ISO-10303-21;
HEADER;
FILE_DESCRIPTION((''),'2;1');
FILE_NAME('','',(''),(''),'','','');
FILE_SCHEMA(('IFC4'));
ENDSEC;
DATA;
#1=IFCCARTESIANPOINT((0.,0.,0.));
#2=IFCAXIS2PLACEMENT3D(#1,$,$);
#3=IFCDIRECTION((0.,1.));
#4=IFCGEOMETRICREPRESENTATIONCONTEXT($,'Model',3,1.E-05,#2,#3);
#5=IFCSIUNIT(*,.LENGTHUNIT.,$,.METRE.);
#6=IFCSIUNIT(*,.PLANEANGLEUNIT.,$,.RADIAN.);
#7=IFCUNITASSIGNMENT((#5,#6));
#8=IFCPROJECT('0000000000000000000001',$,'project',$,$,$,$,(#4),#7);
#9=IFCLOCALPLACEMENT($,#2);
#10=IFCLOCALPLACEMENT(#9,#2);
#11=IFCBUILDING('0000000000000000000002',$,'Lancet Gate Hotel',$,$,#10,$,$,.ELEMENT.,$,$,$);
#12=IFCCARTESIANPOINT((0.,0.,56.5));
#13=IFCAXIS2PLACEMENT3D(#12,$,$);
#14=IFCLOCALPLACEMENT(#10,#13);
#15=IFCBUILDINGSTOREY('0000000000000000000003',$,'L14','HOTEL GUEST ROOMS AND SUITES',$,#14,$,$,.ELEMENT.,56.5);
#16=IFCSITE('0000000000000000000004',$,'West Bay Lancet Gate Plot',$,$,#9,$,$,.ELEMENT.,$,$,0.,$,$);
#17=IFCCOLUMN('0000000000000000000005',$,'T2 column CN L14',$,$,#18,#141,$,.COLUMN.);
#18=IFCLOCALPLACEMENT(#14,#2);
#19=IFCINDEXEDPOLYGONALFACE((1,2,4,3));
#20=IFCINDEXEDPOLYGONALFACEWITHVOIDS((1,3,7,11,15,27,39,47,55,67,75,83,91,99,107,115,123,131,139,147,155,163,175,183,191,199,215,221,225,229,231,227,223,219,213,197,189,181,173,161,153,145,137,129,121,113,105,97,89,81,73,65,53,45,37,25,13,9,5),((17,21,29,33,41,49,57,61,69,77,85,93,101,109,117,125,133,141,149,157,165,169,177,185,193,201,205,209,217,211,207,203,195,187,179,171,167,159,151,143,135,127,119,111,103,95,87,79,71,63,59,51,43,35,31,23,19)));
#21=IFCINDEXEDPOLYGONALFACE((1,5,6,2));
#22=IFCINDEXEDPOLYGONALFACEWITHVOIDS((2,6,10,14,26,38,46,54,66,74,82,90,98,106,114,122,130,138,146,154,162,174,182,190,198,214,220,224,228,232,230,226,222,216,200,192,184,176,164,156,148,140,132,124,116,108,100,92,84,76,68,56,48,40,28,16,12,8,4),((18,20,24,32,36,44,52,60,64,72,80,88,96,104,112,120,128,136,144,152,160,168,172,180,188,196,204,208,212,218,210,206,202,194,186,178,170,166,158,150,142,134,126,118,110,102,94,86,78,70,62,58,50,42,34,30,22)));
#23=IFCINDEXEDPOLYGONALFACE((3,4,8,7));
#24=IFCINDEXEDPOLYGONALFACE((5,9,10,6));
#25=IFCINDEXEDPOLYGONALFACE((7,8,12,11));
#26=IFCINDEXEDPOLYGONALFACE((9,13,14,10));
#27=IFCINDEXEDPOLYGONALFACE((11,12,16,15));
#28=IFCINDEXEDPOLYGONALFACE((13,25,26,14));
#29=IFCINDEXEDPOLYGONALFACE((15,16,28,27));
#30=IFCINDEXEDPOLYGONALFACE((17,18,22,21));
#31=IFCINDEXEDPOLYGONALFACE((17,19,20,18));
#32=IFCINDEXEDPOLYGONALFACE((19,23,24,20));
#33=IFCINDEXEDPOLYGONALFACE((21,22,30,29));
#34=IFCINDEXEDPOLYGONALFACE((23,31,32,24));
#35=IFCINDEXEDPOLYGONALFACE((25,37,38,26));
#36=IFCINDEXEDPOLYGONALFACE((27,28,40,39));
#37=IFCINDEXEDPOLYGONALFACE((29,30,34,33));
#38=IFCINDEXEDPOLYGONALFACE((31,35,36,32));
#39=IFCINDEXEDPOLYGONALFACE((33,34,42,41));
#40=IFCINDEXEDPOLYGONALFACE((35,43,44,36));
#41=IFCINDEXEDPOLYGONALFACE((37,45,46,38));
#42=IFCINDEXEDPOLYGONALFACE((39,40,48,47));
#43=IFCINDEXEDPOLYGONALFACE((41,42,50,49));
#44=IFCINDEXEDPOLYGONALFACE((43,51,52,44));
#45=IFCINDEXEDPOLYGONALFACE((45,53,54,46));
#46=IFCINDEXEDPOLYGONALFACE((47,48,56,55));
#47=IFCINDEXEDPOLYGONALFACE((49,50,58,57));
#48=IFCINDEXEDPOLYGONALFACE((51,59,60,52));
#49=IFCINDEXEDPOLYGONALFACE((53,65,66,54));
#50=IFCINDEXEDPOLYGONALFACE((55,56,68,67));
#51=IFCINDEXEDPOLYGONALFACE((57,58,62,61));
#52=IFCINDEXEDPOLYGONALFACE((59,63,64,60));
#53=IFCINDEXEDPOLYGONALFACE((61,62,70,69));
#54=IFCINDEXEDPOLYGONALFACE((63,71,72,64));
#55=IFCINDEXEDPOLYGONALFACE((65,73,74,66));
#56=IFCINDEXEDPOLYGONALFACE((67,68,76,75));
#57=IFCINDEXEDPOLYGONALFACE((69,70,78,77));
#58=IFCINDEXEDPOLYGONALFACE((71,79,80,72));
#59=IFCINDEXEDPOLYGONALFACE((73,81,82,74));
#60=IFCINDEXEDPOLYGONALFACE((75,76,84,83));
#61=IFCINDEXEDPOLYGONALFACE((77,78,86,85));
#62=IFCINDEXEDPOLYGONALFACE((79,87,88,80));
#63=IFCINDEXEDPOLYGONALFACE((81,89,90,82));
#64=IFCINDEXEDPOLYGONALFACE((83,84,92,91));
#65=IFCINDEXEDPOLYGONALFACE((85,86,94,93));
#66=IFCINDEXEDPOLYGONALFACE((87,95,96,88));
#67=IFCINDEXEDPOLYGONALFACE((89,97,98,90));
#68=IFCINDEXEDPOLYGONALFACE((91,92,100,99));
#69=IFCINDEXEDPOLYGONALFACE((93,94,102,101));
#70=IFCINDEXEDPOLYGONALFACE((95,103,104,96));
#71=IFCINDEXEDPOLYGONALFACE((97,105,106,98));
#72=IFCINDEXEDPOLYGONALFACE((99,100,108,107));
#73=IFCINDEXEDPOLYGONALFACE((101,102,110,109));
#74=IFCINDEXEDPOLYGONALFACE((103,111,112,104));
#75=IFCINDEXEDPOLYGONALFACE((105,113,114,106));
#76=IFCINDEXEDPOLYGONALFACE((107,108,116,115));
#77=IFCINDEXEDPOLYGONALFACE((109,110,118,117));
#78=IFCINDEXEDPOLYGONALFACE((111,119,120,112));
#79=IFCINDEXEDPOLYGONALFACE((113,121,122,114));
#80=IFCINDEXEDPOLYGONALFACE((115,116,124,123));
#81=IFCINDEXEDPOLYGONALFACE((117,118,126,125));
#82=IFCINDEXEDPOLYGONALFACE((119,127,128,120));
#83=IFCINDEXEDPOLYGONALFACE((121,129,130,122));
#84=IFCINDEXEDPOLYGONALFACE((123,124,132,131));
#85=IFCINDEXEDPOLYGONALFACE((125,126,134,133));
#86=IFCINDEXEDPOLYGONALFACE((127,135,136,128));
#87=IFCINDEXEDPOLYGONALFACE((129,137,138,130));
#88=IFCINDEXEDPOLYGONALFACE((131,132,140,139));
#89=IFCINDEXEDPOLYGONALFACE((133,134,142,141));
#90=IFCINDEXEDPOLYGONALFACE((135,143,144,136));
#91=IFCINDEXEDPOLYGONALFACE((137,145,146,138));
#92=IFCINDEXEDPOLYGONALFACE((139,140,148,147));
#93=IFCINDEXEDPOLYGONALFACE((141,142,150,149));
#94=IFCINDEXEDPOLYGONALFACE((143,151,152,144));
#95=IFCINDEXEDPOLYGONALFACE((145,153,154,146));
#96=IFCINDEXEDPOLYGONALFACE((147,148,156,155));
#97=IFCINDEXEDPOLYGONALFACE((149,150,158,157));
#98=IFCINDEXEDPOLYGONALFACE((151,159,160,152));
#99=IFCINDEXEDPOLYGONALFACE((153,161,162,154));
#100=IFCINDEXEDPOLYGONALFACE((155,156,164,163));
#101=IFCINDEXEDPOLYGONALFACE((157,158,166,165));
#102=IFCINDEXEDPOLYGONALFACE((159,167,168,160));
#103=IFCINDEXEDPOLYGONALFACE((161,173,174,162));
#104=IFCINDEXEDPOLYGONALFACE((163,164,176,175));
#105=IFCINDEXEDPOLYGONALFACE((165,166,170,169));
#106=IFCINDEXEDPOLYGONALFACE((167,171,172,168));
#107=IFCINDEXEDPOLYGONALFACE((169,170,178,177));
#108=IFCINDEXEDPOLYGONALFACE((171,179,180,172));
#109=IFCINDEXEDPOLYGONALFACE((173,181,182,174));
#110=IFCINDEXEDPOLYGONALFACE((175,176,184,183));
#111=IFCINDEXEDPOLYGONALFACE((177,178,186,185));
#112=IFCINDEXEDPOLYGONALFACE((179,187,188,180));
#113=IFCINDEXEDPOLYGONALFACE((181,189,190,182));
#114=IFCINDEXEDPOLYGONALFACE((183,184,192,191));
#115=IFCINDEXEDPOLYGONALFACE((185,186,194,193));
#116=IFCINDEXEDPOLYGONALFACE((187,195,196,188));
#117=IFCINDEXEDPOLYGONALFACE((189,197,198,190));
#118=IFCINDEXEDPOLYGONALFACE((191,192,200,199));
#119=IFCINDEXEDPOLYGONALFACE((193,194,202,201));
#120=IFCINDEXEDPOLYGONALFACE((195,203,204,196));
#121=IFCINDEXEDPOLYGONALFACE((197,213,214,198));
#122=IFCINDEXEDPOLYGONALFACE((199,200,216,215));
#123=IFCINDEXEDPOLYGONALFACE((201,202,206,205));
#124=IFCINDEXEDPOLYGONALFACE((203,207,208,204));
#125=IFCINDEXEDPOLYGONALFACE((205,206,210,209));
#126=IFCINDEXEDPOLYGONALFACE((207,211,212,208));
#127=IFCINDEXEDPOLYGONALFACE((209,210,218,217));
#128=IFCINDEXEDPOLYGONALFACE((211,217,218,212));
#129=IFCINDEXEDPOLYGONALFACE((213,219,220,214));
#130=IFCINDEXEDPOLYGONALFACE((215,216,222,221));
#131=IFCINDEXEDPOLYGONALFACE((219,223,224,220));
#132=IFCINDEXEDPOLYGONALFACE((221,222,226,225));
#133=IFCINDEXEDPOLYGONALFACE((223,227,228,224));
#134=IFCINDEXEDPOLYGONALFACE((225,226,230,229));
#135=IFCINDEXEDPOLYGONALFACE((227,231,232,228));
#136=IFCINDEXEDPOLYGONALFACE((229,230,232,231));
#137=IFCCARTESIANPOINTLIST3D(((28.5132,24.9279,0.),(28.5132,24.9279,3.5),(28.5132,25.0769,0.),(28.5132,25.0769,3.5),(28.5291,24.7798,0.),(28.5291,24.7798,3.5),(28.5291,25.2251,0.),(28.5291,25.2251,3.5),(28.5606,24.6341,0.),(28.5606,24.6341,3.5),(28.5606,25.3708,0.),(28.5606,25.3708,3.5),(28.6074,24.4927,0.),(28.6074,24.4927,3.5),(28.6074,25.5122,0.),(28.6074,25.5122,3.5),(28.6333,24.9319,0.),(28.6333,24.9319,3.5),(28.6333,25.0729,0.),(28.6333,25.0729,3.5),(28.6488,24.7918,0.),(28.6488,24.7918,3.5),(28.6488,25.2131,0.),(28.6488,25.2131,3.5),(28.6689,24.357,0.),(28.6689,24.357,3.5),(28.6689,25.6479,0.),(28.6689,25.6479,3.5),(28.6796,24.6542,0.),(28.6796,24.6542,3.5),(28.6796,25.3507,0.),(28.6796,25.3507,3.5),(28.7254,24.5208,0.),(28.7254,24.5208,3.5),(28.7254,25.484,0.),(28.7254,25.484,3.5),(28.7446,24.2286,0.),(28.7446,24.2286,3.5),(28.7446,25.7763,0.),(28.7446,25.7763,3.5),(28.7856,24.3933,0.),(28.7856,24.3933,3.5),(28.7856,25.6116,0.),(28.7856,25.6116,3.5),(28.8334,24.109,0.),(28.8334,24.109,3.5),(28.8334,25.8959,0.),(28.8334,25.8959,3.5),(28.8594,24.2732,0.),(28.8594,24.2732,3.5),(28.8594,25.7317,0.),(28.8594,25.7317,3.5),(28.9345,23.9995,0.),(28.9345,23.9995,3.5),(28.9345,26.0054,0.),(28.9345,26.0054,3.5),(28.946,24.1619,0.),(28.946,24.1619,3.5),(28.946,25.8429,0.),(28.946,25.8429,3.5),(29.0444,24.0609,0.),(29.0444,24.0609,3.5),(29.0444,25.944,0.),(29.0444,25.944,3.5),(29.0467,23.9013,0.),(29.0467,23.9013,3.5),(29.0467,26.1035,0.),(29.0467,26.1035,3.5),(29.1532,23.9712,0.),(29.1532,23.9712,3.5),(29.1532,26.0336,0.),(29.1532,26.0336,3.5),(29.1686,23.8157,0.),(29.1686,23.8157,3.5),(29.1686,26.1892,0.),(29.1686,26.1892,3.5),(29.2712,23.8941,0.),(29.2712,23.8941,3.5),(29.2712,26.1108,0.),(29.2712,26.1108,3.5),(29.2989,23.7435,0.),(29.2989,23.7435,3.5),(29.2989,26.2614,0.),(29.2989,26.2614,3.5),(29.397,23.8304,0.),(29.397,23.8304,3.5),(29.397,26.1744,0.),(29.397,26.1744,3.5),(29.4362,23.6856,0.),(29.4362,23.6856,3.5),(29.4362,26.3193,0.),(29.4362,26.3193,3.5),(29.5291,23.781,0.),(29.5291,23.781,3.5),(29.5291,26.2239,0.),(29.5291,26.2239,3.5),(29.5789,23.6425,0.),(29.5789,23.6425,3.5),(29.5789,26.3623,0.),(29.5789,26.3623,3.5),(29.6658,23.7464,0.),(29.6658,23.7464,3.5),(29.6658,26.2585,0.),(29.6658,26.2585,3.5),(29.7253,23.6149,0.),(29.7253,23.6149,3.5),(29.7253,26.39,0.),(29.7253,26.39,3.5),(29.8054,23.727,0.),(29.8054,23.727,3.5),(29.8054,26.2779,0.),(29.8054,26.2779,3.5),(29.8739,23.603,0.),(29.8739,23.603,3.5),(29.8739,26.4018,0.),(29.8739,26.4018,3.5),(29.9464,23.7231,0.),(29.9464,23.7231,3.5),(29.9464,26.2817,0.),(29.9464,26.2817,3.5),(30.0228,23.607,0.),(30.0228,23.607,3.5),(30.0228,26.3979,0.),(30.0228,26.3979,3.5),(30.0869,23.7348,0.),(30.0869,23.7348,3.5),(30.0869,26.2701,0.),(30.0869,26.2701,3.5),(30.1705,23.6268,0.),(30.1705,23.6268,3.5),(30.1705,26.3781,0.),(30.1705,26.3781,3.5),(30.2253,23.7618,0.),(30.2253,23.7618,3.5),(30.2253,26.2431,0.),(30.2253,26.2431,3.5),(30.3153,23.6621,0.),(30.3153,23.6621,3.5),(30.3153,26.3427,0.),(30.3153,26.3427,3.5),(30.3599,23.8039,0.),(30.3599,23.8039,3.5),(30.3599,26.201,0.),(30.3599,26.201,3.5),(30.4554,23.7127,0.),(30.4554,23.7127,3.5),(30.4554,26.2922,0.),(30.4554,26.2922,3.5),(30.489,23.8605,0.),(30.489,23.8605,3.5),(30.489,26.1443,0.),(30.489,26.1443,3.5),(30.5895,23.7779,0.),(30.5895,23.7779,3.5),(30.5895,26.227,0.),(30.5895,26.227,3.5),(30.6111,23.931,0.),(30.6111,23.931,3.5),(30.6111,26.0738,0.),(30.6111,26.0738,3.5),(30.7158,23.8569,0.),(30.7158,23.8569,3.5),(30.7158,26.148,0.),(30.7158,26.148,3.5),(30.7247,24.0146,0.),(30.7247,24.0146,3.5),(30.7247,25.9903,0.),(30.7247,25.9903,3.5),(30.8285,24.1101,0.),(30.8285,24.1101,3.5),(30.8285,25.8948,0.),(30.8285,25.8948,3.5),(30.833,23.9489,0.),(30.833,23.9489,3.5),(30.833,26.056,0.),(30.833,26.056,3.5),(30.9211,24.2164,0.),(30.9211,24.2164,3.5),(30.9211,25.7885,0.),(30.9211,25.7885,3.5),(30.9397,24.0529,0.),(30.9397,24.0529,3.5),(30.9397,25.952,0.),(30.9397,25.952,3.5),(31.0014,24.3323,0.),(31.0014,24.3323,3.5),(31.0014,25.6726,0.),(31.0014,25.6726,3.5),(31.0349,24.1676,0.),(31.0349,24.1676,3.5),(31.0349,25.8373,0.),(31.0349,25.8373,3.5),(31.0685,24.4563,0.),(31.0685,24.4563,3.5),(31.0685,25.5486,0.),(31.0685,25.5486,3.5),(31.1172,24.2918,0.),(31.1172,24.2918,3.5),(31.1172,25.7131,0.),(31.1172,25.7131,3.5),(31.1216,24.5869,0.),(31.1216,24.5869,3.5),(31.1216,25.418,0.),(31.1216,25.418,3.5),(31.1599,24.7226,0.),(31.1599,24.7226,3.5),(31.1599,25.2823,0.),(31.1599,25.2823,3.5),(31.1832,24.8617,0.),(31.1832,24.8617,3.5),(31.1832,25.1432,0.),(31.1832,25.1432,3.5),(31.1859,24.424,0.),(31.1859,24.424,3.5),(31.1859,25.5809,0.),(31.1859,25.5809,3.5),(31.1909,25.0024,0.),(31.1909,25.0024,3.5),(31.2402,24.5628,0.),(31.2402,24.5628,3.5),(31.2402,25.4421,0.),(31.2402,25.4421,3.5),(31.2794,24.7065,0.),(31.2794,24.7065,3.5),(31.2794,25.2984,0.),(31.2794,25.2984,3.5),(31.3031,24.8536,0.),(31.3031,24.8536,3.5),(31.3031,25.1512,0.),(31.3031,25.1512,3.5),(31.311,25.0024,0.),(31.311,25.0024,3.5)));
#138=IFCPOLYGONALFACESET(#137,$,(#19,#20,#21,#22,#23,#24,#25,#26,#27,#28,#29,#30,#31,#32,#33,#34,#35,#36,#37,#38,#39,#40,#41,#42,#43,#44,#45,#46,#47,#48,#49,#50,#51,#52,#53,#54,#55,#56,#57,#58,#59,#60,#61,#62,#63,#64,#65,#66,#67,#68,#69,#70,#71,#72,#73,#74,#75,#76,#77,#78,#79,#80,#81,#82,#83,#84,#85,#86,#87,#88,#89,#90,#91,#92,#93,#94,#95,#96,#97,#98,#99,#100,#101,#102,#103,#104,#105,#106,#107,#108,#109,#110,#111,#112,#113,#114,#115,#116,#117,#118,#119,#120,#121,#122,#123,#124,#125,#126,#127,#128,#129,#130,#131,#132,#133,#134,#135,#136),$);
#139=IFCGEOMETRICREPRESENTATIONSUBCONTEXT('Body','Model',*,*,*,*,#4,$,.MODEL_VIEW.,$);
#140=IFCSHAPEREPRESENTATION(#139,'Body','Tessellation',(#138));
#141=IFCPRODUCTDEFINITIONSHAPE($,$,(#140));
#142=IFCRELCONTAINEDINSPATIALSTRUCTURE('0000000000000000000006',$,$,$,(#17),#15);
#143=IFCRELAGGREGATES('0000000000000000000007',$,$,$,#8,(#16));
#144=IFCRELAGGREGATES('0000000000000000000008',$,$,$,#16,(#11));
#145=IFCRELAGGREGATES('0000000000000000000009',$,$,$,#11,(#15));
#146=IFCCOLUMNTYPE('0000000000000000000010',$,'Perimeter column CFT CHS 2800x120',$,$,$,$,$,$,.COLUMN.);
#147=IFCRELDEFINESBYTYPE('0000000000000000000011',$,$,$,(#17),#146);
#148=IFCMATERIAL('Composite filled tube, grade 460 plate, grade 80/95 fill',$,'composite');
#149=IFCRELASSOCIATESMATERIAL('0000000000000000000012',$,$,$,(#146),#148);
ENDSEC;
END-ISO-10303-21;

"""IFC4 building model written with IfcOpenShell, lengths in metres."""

from ifc_helpers import new_model, si_unit, direction, frame, origin, origin_2d, place, context, subcontext, project, spatial, hollow_circle, extrude, material, material_profile, profile_set, type_object, element, save


model = new_model("IFC4")

# Units and contexts
model_context = context("Model", 3, precision=1e-05, world=origin(), true_north=direction((0.0, 1.0)))
body_context = subcontext(model_context, "Body", "Model", "MODEL_VIEW")
ifc_project = project(units=[si_unit("LENGTHUNIT", "METRE"), si_unit("PLANEANGLEUNIT", "RADIAN")], contexts=[model_context])

# Site, building, storey
site_placement = place(None, origin())
site = spatial("IfcSite", under=ifc_project, at=site_placement, Name="West Bay Lancet Gate Plot", CompositionType="ELEMENT", RefElevation=0.0)
building_placement = place(site_placement, origin())
building = spatial("IfcBuilding", under=site, at=building_placement, Name="Lancet Gate Hotel", CompositionType="ELEMENT")
storey_placement = place(building_placement, frame((0.0, 0.0, 56.5)))
storey = spatial("IfcBuildingStorey", under=building, at=storey_placement, Name="L14", Description="HOTEL GUEST ROOMS AND SUITES", CompositionType="ELEMENT", Elevation=56.5)

# Column
ifc_material_1 = material(Name="Composite filled tube, grade 460 plate, grade 80/95 fill", Category="composite")
ifc_material_profile_1 = material_profile(ifc_material_1, hollow_circle(Radius=1.3999, WallThickness=0.1201, at=origin_2d()), Name="CHS 2800x120")
ifc_profile_set_1 = profile_set([ifc_material_profile_1], Name="Composite filled tube, grade 460 plate, grade 80/95 fill")
column_type = type_object("IfcColumnType", Name="Perimeter column CFT CHS 2800x120", PredefinedType="COLUMN", material=ifc_profile_set_1)
for number, where, z_axis, x_axis, name in (
    (1, (29.9111, 25.0024, 0.0), (0.0, 0.0, 1.0), (1.0, 0.0, 0.0), "T2 column CN L14"),
):
    element("IfcColumn", number, at=place(storey_placement, frame(where, z_axis=z_axis, x_axis=x_axis)), inside=storey, type_object=column_type, Name=name, PredefinedType="COLUMN", context=body_context, shape_type="SweptSolid", body=[
        extrude(hollow_circle(Radius=1.3999, WallThickness=0.1201, at=origin_2d()), origin(), (0.0, 0.0, 1.0), 3.5),
    ])

save(model, "model.ifc")
